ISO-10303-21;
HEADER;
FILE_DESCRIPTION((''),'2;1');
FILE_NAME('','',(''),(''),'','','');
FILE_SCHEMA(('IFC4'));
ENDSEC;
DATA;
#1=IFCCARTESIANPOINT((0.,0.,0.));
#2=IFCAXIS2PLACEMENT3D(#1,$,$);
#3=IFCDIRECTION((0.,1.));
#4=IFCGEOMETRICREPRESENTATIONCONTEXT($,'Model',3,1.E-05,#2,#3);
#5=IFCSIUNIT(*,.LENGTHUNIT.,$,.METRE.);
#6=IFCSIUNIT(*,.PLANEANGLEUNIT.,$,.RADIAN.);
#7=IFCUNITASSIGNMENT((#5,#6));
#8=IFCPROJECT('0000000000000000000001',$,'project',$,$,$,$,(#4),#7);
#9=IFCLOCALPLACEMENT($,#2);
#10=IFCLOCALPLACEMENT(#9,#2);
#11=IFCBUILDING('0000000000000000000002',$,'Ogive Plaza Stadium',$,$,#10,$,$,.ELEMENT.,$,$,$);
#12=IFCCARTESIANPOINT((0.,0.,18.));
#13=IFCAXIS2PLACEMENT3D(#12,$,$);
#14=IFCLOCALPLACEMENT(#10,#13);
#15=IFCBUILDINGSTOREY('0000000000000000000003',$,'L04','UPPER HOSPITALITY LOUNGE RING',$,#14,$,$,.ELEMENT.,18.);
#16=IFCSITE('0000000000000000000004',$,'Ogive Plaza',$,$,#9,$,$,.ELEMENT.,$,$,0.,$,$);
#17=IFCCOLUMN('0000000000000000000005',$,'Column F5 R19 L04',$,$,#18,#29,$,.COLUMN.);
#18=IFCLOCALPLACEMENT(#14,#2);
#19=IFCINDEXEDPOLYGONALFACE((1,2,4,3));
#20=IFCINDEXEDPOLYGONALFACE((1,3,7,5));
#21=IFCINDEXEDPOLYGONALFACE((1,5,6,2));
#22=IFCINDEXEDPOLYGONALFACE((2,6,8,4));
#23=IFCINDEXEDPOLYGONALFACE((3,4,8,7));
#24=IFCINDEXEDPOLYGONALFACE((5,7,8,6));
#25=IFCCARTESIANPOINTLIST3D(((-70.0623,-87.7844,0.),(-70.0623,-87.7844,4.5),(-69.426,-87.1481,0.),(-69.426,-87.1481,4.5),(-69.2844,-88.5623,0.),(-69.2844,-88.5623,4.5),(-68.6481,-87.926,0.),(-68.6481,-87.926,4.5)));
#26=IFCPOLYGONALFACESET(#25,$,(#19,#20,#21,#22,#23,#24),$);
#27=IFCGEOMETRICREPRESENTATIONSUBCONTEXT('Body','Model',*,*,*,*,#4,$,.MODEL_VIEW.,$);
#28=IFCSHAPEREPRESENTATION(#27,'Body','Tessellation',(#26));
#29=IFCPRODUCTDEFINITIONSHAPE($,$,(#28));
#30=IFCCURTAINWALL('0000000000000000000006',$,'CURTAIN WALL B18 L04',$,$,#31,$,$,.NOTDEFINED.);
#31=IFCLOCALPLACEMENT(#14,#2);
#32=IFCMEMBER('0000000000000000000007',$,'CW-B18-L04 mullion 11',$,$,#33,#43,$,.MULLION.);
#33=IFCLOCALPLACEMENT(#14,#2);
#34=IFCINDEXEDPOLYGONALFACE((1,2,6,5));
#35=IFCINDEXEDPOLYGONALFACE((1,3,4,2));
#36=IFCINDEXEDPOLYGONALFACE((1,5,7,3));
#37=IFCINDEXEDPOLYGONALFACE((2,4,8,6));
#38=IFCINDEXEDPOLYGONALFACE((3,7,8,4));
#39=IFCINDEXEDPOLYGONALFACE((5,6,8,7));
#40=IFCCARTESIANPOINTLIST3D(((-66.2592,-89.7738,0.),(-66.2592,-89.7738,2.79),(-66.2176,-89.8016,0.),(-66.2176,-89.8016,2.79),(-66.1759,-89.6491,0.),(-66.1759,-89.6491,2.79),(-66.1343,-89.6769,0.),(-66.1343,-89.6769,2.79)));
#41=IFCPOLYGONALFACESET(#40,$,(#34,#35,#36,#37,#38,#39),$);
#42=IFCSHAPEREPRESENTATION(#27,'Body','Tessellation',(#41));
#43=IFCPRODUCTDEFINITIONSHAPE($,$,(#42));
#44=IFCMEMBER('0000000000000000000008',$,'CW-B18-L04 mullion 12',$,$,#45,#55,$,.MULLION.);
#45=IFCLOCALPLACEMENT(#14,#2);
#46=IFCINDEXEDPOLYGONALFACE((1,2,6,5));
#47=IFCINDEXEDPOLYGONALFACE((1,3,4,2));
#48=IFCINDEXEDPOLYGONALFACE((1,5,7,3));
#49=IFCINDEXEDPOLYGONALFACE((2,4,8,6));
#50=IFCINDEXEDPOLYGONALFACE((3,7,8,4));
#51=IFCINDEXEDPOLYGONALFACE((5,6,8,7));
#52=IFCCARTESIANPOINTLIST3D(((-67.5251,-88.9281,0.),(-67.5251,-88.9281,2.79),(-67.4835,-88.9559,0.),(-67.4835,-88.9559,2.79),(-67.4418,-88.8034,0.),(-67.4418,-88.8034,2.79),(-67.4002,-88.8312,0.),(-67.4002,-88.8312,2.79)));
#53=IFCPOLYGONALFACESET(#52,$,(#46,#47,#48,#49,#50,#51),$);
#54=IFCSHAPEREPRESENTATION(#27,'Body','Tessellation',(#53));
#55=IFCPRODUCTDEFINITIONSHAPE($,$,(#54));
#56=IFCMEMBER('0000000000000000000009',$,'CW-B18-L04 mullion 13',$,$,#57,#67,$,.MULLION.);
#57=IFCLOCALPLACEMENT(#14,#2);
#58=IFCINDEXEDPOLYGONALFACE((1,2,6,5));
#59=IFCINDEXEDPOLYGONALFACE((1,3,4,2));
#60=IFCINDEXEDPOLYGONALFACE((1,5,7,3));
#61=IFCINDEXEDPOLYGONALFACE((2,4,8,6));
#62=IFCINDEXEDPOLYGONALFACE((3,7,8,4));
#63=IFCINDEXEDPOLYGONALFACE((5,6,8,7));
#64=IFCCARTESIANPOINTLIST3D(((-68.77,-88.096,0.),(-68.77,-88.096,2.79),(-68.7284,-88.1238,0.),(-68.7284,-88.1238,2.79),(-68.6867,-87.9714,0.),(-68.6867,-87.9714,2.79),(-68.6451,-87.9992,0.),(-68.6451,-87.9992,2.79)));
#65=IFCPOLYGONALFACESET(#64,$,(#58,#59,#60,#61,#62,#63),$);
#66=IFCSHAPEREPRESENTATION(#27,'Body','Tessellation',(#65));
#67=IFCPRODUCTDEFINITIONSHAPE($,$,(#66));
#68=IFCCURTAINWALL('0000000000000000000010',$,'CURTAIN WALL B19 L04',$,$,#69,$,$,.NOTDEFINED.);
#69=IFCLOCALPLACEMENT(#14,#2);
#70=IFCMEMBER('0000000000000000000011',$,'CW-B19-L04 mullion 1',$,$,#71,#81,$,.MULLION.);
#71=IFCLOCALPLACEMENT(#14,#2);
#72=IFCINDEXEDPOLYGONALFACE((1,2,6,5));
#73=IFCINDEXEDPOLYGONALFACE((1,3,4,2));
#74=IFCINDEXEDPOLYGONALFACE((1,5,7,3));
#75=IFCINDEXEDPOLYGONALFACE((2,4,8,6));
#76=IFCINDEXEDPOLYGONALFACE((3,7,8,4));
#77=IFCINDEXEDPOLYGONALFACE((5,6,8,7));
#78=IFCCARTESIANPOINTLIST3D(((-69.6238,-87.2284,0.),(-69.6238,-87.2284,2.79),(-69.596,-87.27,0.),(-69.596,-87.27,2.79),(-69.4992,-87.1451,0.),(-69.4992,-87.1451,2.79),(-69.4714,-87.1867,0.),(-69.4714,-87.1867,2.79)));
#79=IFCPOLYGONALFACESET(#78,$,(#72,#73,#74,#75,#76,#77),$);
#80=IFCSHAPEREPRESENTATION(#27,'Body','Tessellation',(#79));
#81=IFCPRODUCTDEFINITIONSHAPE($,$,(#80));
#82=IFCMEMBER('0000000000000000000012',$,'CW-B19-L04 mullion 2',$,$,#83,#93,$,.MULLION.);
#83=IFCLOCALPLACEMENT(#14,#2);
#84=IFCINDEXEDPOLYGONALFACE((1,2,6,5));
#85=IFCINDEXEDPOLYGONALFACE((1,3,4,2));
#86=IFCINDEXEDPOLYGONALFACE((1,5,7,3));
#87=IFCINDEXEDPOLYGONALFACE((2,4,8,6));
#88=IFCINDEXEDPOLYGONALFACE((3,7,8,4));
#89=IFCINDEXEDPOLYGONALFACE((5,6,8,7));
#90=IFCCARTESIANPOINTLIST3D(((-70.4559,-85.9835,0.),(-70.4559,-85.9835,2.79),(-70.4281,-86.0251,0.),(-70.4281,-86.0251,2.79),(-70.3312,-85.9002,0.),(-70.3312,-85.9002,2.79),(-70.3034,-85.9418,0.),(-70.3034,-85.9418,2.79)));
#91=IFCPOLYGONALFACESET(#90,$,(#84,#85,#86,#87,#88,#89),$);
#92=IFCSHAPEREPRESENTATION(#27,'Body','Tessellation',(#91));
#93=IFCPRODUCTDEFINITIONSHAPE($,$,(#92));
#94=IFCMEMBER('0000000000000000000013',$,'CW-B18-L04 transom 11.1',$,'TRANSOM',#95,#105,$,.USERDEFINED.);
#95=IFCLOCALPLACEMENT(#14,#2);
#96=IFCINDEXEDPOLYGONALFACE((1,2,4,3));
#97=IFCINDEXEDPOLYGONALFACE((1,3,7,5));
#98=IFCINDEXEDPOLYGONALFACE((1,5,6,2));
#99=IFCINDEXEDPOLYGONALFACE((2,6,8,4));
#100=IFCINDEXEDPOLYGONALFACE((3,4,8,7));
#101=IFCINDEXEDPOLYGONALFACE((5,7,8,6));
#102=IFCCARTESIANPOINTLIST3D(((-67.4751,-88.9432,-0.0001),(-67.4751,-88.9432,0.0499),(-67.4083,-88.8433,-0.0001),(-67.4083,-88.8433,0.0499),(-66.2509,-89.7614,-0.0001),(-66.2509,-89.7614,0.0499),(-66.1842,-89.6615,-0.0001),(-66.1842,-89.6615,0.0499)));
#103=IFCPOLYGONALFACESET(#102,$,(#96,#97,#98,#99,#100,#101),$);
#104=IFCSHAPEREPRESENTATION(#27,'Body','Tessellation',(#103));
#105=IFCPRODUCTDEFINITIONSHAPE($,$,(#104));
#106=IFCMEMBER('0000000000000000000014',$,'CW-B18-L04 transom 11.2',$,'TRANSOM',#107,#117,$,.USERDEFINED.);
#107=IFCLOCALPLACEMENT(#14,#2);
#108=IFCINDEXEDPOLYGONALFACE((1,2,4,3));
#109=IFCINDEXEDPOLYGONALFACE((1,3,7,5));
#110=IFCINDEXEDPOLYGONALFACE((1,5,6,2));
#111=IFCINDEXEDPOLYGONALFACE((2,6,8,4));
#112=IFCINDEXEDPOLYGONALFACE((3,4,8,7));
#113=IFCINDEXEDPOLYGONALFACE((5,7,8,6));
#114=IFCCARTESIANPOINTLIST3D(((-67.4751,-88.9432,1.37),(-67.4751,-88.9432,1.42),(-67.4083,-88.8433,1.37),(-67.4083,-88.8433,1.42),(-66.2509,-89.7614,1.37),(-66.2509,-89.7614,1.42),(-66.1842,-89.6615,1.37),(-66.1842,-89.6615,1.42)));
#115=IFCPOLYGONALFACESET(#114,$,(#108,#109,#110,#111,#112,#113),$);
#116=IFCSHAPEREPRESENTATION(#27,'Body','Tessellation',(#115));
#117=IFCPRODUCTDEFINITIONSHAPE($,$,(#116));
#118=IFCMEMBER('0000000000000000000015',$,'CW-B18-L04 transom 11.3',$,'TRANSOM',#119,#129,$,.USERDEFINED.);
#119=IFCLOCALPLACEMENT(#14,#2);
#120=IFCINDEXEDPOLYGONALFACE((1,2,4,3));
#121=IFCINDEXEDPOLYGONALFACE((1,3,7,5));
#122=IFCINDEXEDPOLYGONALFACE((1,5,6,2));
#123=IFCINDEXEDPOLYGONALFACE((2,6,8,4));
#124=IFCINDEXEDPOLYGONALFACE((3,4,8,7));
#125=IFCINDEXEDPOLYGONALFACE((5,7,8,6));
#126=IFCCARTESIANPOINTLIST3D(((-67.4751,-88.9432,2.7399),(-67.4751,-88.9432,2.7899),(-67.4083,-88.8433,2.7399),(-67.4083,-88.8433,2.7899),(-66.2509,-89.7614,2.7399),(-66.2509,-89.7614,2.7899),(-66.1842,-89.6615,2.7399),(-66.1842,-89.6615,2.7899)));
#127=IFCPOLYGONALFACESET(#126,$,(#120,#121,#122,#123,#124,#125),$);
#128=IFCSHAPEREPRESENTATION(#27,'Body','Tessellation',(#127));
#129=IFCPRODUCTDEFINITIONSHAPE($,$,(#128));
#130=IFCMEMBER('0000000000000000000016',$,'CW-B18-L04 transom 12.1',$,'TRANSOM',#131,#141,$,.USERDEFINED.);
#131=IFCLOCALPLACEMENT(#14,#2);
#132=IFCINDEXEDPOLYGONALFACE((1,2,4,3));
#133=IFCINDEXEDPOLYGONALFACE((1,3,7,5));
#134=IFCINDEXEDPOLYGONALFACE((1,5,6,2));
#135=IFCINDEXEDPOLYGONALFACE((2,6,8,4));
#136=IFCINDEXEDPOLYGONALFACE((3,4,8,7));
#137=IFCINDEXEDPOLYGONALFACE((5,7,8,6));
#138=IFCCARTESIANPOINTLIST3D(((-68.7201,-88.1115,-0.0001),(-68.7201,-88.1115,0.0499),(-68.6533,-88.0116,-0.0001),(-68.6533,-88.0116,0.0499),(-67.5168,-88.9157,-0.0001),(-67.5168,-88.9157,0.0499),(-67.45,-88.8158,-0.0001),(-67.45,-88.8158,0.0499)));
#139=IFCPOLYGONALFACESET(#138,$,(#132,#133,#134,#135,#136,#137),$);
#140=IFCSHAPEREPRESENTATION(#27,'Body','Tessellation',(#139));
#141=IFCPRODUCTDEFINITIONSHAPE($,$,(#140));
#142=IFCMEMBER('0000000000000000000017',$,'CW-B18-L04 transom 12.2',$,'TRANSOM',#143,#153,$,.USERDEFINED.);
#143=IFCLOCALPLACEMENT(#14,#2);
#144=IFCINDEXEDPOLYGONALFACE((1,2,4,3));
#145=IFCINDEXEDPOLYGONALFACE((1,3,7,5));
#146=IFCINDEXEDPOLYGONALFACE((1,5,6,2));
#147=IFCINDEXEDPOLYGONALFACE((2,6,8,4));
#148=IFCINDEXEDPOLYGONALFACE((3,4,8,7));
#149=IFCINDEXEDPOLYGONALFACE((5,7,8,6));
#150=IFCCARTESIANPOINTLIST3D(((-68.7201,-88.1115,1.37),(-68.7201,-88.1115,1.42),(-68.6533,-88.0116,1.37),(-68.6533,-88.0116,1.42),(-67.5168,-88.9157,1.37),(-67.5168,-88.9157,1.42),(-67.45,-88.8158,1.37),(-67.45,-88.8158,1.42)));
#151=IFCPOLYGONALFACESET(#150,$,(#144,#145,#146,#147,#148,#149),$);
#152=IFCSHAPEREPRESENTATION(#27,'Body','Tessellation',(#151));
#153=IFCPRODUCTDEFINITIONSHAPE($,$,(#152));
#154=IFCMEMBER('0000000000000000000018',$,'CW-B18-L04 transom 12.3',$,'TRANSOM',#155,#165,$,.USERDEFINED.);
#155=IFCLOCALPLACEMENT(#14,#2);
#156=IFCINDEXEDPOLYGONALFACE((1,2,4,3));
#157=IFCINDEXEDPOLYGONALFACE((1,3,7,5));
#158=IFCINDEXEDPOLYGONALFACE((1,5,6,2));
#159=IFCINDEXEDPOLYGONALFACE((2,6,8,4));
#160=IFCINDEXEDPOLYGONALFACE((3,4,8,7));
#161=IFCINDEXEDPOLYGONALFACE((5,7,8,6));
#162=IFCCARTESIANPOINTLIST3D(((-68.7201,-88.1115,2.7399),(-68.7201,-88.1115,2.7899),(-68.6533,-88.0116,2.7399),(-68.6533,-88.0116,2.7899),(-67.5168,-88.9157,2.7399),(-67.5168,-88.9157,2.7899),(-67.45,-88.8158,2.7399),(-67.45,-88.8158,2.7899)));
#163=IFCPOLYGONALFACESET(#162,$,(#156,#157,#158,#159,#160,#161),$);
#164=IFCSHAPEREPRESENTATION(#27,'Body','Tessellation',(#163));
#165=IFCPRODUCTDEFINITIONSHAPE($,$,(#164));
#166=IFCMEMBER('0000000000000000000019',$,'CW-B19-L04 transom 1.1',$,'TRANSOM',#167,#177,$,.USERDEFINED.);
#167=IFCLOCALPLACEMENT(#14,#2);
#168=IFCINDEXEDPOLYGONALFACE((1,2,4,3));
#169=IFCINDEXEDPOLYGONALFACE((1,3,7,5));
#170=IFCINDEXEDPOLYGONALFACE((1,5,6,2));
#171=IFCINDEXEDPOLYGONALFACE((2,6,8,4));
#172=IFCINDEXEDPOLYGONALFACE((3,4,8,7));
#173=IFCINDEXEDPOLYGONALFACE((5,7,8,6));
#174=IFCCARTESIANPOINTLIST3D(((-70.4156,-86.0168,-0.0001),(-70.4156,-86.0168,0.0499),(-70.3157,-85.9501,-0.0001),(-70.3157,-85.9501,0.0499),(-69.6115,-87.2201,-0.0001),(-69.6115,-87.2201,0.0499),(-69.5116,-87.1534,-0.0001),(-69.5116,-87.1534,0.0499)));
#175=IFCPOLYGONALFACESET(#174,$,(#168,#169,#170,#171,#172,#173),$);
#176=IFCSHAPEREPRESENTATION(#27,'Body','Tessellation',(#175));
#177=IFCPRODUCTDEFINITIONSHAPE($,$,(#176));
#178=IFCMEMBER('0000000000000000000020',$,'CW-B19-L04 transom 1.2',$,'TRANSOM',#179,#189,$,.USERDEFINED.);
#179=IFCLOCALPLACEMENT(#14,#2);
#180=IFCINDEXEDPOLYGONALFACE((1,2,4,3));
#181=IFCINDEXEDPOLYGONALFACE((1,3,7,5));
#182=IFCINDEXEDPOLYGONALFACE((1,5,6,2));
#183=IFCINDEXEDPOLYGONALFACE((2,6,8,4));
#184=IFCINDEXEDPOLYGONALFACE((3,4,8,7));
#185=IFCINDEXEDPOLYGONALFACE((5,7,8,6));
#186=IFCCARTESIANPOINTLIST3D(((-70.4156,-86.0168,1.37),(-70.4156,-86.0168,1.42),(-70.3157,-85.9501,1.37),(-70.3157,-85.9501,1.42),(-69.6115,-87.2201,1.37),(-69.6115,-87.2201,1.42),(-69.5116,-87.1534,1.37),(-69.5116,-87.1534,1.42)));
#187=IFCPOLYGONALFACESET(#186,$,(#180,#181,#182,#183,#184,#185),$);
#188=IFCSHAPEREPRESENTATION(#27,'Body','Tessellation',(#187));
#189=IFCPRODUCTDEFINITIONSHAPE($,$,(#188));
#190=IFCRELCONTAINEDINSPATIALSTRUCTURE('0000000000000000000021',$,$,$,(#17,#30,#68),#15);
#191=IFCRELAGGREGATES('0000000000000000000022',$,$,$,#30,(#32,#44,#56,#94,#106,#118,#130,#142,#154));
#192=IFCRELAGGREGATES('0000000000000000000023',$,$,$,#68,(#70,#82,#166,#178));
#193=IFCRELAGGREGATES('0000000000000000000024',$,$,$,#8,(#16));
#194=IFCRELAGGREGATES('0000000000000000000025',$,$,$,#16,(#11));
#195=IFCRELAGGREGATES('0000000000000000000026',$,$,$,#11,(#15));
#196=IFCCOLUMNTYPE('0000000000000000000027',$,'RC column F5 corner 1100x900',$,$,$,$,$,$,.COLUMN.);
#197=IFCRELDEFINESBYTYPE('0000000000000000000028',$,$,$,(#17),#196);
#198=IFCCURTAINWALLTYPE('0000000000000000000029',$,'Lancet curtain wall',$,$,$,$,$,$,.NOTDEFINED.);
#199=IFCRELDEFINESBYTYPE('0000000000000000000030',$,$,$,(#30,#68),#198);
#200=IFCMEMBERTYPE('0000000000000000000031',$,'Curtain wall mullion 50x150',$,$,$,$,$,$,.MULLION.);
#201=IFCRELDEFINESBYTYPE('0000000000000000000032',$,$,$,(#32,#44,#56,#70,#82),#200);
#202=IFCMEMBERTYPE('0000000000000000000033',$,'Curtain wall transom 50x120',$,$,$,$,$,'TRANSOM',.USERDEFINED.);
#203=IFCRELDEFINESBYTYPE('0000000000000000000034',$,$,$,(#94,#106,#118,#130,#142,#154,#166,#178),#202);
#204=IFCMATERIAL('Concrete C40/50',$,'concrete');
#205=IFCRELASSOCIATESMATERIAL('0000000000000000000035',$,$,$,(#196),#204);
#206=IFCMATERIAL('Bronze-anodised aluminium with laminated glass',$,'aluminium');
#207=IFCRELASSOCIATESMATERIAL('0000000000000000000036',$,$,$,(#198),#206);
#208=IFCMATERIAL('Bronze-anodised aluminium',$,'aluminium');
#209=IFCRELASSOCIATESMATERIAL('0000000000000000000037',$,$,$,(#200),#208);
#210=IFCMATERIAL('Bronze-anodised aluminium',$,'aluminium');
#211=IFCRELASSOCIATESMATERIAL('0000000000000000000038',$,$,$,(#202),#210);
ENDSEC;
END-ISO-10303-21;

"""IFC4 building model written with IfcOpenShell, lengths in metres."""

from ifc_helpers import new_model, si_unit, direction, frame, origin, origin_2d, place, context, subcontext, project, spatial, rectangle, extrude, material, material_profile, profile_set, type_object, element, aggregate, save


model = new_model("IFC4")

# Units and contexts
model_context = context("Model", 3, precision=1e-05, world=origin(), true_north=direction((0.0, 1.0)))
body_context = subcontext(model_context, "Body", "Model", "MODEL_VIEW")
ifc_project = project(units=[si_unit("LENGTHUNIT", "METRE"), si_unit("PLANEANGLEUNIT", "RADIAN")], contexts=[model_context])

# Site, building, storey
site_placement = place(None, origin())
site = spatial("IfcSite", under=ifc_project, at=site_placement, Name="Ogive Plaza", CompositionType="ELEMENT", RefElevation=0.0)
building_placement = place(site_placement, origin())
building = spatial("IfcBuilding", under=site, at=building_placement, Name="Ogive Plaza Stadium", CompositionType="ELEMENT")
storey_placement = place(building_placement, frame((0.0, 0.0, 18.0)))
storey = spatial("IfcBuildingStorey", under=building, at=storey_placement, Name="L04", Description="UPPER HOSPITALITY LOUNGE RING", CompositionType="ELEMENT", Elevation=18.0)

# Column
ifc_material_1 = material(Name="Concrete C40/50", Category="concrete")
ifc_material_profile_1 = material_profile(ifc_material_1, rectangle(XDim=1.1001, YDim=0.8999, at=origin_2d()), Name="RC 1100x900")
ifc_profile_set_1 = profile_set([ifc_material_profile_1], Name="Concrete C40/50")
column_type = type_object("IfcColumnType", Name="RC column F5 corner 1100x900", PredefinedType="COLUMN", material=ifc_profile_set_1)
column_placement = place(storey_placement, frame((-69.3552, -87.8552, 0.0), z_axis=(0.0, 0.0, 1.0), x_axis=(0.707107, -0.707107, 0.0)))
element("IfcColumn", 1, at=column_placement, inside=storey, type_object=column_type, Name="Column F5 R19 L04", PredefinedType="COLUMN", context=body_context, shape_type="SweptSolid", body=[
    extrude(rectangle(XDim=1.1001, YDim=0.8999, at=origin_2d()), origin(), (0.0, 0.0, 1.0), 4.5),
])

# Curtain walls, members
ifc_material_2 = material(Name="Bronze-anodised aluminium with laminated glass", Category="aluminium")
curtain_wall_type = type_object("IfcCurtainWallType", Name="Lancet curtain wall", PredefinedType="NOTDEFINED", material=ifc_material_2)
curtain_wall_1_placement = place(storey_placement, origin())
curtain_wall_1 = element("IfcCurtainWall", 2, at=curtain_wall_1_placement, inside=storey, type_object=curtain_wall_type, Name="CURTAIN WALL B18 L04", PredefinedType="NOTDEFINED")
ifc_material_3 = material(Name="Bronze-anodised aluminium", Category="aluminium")
ifc_material_profile_2 = material_profile(ifc_material_3, rectangle(XDim=0.1499, YDim=0.05, at=origin_2d()), Name="AL 150x50")
ifc_profile_set_2 = profile_set([ifc_material_profile_2], Name="Bronze-anodised aluminium")
member_type_1 = type_object("IfcMemberType", Name="Curtain wall mullion 50x150", PredefinedType="MULLION", material=ifc_profile_set_2)
member_1_placement = place(storey_placement, frame((-66.1968, -89.7253, 0.0), z_axis=(0.0, 0.0, 1.0), x_axis=(-0.55557, -0.83147, 0.0)))
member_1 = element("IfcMember", 3, at=member_1_placement, type_object=member_type_1, Name="CW-B18-L04 mullion 11", PredefinedType="MULLION", context=body_context, shape_type="SweptSolid", body=[
    extrude(rectangle(XDim=0.1499, YDim=0.05, at=origin_2d()), origin(), (0.0, 0.0, 1.0), 2.79),
])
member_2_placement = place(storey_placement, frame((-67.4626, -88.8796, 0.0), z_axis=(0.0, 0.0, 1.0), x_axis=(-0.55557, -0.83147, 0.0)))
member_2 = element("IfcMember", 4, at=member_2_placement, type_object=member_type_1, Name="CW-B18-L04 mullion 12", PredefinedType="MULLION", context=body_context, shape_type="SweptSolid", body=[
    extrude(rectangle(XDim=0.1499, YDim=0.05, at=origin_2d()), origin(), (0.0, 0.0, 1.0), 2.79),
])
member_3_placement = place(storey_placement, frame((-68.7075, -88.0476, 0.0), z_axis=(0.0, 0.0, 1.0), x_axis=(-0.55557, -0.83147, 0.0)))
member_3 = element("IfcMember", 5, at=member_3_placement, type_object=member_type_1, Name="CW-B18-L04 mullion 13", PredefinedType="MULLION", context=body_context, shape_type="SweptSolid", body=[
    extrude(rectangle(XDim=0.1499, YDim=0.05, at=origin_2d()), origin(), (0.0, 0.0, 1.0), 2.79),
])
curtain_wall_2_placement = place(storey_placement, origin())
curtain_wall_2 = element("IfcCurtainWall", 6, at=curtain_wall_2_placement, inside=storey, type_object=curtain_wall_type, Name="CURTAIN WALL B19 L04", PredefinedType="NOTDEFINED")
member_4_placement = place(storey_placement, frame((-69.5476, -87.2075, 0.0), z_axis=(0.0, 0.0, 1.0), x_axis=(-0.83147, -0.55557, 0.0)))
member_4 = element("IfcMember", 7, at=member_4_placement, type_object=member_type_1, Name="CW-B19-L04 mullion 1", PredefinedType="MULLION", context=body_context, shape_type="SweptSolid", body=[
    extrude(rectangle(XDim=0.1499, YDim=0.05, at=origin_2d()), origin(), (0.0, 0.0, 1.0), 2.79),
])
member_5_placement = place(storey_placement, frame((-70.3796, -85.9626, 0.0), z_axis=(0.0, 0.0, 1.0), x_axis=(-0.83147, -0.55557, 0.0)))
member_5 = element("IfcMember", 8, at=member_5_placement, type_object=member_type_1, Name="CW-B19-L04 mullion 2", PredefinedType="MULLION", context=body_context, shape_type="SweptSolid", body=[
    extrude(rectangle(XDim=0.1499, YDim=0.05, at=origin_2d()), origin(), (0.0, 0.0, 1.0), 2.79),
])

# Members
ifc_material_4 = material(Name="Bronze-anodised aluminium", Category="aluminium")
ifc_material_profile_3 = material_profile(ifc_material_4, rectangle(XDim=0.1201, YDim=0.05, at=origin_2d()), Name="AL 120x50")
ifc_profile_set_3 = profile_set([ifc_material_profile_3], Name="Bronze-anodised aluminium")
member_type_2 = type_object("IfcMemberType", Name="Curtain wall transom 50x120", ElementType="TRANSOM", PredefinedType="USERDEFINED", material=ifc_profile_set_3)
member_6_placement = place(storey_placement, frame((-66.2175, -89.7114, 0.0249), z_axis=(-0.831412, 0.555656, 0.0), x_axis=(-0.555656, -0.831412, 0.0)))
member_6 = element("IfcMember", 9, at=member_6_placement, type_object=member_type_2, Name="CW-B18-L04 transom 11.1", ObjectType="TRANSOM", PredefinedType="USERDEFINED", context=body_context, shape_type="SweptSolid", body=[
    extrude(rectangle(XDim=0.1201, YDim=0.05, at=origin_2d()), origin(), (0.0, 0.0, 1.0), 1.4724),
])
member_7_placement = place(storey_placement, frame((-66.2175, -89.7114, 1.395), z_axis=(-0.831412, 0.555656, 0.0), x_axis=(-0.555656, -0.831412, 0.0)))
member_7 = element("IfcMember", 10, at=member_7_placement, type_object=member_type_2, Name="CW-B18-L04 transom 11.2", ObjectType="TRANSOM", PredefinedType="USERDEFINED", context=body_context, shape_type="SweptSolid", body=[
    extrude(rectangle(XDim=0.1201, YDim=0.05, at=origin_2d()), origin(), (0.0, 0.0, 1.0), 1.4724),
])
member_8_placement = place(storey_placement, frame((-66.2175, -89.7114, 2.7649), z_axis=(-0.831412, 0.555656, 0.0), x_axis=(-0.555656, -0.831412, 0.0)))
member_8 = element("IfcMember", 11, at=member_8_placement, type_object=member_type_2, Name="CW-B18-L04 transom 11.3", ObjectType="TRANSOM", PredefinedType="USERDEFINED", context=body_context, shape_type="SweptSolid", body=[
    extrude(rectangle(XDim=0.1201, YDim=0.05, at=origin_2d()), origin(), (0.0, 0.0, 1.0), 1.4724),
])
member_9_placement = place(storey_placement, frame((-67.4834, -88.8657, 0.0249), z_axis=(-0.831427, 0.555634, 0.0), x_axis=(-0.555634, -0.831427, 0.0)))
member_9 = element("IfcMember", 12, at=member_9_placement, type_object=member_type_2, Name="CW-B18-L04 transom 12.1", ObjectType="TRANSOM", PredefinedType="USERDEFINED", context=body_context, shape_type="SweptSolid", body=[
    extrude(rectangle(XDim=0.1201, YDim=0.05, at=origin_2d()), origin(), (0.0, 0.0, 1.0), 1.4473),
])
member_10_placement = place(storey_placement, frame((-67.4834, -88.8657, 1.395), z_axis=(-0.831427, 0.555634, 0.0), x_axis=(-0.555634, -0.831427, 0.0)))
member_10 = element("IfcMember", 13, at=member_10_placement, type_object=member_type_2, Name="CW-B18-L04 transom 12.2", ObjectType="TRANSOM", PredefinedType="USERDEFINED", context=body_context, shape_type="SweptSolid", body=[
    extrude(rectangle(XDim=0.1201, YDim=0.05, at=origin_2d()), origin(), (0.0, 0.0, 1.0), 1.4473),
])
member_11_placement = place(storey_placement, frame((-67.4834, -88.8657, 2.7649), z_axis=(-0.831427, 0.555634, 0.0), x_axis=(-0.555634, -0.831427, 0.0)))
member_11 = element("IfcMember", 14, at=member_11_placement, type_object=member_type_2, Name="CW-B18-L04 transom 12.3", ObjectType="TRANSOM", PredefinedType="USERDEFINED", context=body_context, shape_type="SweptSolid", body=[
    extrude(rectangle(XDim=0.1201, YDim=0.05, at=origin_2d()), origin(), (0.0, 0.0, 1.0), 1.4473),
])
member_12_placement = place(storey_placement, frame((-69.5615, -87.1868, 0.0249), z_axis=(-0.555634, 0.831427, 0.0), x_axis=(-0.831427, -0.555634, 0.0)))
member_12 = element("IfcMember", 15, at=member_12_placement, type_object=member_type_2, Name="CW-B19-L04 transom 1.1", ObjectType="TRANSOM", PredefinedType="USERDEFINED", context=body_context, shape_type="SweptSolid", body=[
    extrude(rectangle(XDim=0.1201, YDim=0.05, at=origin_2d()), origin(), (0.0, 0.0, 1.0), 1.4473),
])
member_13_placement = place(storey_placement, frame((-69.5615, -87.1868, 1.395), z_axis=(-0.555634, 0.831427, 0.0), x_axis=(-0.831427, -0.555634, 0.0)))
member_13 = element("IfcMember", 16, at=member_13_placement, type_object=member_type_2, Name="CW-B19-L04 transom 1.2", ObjectType="TRANSOM", PredefinedType="USERDEFINED", context=body_context, shape_type="SweptSolid", body=[
    extrude(rectangle(XDim=0.1201, YDim=0.05, at=origin_2d()), origin(), (0.0, 0.0, 1.0), 1.4473),
])

aggregate(curtain_wall_1, [member_1, member_2, member_3, member_6, member_7, member_8, member_9, member_10, member_11])
aggregate(curtain_wall_2, [member_4, member_5, member_12, member_13])

save(model, "model.ifc")
